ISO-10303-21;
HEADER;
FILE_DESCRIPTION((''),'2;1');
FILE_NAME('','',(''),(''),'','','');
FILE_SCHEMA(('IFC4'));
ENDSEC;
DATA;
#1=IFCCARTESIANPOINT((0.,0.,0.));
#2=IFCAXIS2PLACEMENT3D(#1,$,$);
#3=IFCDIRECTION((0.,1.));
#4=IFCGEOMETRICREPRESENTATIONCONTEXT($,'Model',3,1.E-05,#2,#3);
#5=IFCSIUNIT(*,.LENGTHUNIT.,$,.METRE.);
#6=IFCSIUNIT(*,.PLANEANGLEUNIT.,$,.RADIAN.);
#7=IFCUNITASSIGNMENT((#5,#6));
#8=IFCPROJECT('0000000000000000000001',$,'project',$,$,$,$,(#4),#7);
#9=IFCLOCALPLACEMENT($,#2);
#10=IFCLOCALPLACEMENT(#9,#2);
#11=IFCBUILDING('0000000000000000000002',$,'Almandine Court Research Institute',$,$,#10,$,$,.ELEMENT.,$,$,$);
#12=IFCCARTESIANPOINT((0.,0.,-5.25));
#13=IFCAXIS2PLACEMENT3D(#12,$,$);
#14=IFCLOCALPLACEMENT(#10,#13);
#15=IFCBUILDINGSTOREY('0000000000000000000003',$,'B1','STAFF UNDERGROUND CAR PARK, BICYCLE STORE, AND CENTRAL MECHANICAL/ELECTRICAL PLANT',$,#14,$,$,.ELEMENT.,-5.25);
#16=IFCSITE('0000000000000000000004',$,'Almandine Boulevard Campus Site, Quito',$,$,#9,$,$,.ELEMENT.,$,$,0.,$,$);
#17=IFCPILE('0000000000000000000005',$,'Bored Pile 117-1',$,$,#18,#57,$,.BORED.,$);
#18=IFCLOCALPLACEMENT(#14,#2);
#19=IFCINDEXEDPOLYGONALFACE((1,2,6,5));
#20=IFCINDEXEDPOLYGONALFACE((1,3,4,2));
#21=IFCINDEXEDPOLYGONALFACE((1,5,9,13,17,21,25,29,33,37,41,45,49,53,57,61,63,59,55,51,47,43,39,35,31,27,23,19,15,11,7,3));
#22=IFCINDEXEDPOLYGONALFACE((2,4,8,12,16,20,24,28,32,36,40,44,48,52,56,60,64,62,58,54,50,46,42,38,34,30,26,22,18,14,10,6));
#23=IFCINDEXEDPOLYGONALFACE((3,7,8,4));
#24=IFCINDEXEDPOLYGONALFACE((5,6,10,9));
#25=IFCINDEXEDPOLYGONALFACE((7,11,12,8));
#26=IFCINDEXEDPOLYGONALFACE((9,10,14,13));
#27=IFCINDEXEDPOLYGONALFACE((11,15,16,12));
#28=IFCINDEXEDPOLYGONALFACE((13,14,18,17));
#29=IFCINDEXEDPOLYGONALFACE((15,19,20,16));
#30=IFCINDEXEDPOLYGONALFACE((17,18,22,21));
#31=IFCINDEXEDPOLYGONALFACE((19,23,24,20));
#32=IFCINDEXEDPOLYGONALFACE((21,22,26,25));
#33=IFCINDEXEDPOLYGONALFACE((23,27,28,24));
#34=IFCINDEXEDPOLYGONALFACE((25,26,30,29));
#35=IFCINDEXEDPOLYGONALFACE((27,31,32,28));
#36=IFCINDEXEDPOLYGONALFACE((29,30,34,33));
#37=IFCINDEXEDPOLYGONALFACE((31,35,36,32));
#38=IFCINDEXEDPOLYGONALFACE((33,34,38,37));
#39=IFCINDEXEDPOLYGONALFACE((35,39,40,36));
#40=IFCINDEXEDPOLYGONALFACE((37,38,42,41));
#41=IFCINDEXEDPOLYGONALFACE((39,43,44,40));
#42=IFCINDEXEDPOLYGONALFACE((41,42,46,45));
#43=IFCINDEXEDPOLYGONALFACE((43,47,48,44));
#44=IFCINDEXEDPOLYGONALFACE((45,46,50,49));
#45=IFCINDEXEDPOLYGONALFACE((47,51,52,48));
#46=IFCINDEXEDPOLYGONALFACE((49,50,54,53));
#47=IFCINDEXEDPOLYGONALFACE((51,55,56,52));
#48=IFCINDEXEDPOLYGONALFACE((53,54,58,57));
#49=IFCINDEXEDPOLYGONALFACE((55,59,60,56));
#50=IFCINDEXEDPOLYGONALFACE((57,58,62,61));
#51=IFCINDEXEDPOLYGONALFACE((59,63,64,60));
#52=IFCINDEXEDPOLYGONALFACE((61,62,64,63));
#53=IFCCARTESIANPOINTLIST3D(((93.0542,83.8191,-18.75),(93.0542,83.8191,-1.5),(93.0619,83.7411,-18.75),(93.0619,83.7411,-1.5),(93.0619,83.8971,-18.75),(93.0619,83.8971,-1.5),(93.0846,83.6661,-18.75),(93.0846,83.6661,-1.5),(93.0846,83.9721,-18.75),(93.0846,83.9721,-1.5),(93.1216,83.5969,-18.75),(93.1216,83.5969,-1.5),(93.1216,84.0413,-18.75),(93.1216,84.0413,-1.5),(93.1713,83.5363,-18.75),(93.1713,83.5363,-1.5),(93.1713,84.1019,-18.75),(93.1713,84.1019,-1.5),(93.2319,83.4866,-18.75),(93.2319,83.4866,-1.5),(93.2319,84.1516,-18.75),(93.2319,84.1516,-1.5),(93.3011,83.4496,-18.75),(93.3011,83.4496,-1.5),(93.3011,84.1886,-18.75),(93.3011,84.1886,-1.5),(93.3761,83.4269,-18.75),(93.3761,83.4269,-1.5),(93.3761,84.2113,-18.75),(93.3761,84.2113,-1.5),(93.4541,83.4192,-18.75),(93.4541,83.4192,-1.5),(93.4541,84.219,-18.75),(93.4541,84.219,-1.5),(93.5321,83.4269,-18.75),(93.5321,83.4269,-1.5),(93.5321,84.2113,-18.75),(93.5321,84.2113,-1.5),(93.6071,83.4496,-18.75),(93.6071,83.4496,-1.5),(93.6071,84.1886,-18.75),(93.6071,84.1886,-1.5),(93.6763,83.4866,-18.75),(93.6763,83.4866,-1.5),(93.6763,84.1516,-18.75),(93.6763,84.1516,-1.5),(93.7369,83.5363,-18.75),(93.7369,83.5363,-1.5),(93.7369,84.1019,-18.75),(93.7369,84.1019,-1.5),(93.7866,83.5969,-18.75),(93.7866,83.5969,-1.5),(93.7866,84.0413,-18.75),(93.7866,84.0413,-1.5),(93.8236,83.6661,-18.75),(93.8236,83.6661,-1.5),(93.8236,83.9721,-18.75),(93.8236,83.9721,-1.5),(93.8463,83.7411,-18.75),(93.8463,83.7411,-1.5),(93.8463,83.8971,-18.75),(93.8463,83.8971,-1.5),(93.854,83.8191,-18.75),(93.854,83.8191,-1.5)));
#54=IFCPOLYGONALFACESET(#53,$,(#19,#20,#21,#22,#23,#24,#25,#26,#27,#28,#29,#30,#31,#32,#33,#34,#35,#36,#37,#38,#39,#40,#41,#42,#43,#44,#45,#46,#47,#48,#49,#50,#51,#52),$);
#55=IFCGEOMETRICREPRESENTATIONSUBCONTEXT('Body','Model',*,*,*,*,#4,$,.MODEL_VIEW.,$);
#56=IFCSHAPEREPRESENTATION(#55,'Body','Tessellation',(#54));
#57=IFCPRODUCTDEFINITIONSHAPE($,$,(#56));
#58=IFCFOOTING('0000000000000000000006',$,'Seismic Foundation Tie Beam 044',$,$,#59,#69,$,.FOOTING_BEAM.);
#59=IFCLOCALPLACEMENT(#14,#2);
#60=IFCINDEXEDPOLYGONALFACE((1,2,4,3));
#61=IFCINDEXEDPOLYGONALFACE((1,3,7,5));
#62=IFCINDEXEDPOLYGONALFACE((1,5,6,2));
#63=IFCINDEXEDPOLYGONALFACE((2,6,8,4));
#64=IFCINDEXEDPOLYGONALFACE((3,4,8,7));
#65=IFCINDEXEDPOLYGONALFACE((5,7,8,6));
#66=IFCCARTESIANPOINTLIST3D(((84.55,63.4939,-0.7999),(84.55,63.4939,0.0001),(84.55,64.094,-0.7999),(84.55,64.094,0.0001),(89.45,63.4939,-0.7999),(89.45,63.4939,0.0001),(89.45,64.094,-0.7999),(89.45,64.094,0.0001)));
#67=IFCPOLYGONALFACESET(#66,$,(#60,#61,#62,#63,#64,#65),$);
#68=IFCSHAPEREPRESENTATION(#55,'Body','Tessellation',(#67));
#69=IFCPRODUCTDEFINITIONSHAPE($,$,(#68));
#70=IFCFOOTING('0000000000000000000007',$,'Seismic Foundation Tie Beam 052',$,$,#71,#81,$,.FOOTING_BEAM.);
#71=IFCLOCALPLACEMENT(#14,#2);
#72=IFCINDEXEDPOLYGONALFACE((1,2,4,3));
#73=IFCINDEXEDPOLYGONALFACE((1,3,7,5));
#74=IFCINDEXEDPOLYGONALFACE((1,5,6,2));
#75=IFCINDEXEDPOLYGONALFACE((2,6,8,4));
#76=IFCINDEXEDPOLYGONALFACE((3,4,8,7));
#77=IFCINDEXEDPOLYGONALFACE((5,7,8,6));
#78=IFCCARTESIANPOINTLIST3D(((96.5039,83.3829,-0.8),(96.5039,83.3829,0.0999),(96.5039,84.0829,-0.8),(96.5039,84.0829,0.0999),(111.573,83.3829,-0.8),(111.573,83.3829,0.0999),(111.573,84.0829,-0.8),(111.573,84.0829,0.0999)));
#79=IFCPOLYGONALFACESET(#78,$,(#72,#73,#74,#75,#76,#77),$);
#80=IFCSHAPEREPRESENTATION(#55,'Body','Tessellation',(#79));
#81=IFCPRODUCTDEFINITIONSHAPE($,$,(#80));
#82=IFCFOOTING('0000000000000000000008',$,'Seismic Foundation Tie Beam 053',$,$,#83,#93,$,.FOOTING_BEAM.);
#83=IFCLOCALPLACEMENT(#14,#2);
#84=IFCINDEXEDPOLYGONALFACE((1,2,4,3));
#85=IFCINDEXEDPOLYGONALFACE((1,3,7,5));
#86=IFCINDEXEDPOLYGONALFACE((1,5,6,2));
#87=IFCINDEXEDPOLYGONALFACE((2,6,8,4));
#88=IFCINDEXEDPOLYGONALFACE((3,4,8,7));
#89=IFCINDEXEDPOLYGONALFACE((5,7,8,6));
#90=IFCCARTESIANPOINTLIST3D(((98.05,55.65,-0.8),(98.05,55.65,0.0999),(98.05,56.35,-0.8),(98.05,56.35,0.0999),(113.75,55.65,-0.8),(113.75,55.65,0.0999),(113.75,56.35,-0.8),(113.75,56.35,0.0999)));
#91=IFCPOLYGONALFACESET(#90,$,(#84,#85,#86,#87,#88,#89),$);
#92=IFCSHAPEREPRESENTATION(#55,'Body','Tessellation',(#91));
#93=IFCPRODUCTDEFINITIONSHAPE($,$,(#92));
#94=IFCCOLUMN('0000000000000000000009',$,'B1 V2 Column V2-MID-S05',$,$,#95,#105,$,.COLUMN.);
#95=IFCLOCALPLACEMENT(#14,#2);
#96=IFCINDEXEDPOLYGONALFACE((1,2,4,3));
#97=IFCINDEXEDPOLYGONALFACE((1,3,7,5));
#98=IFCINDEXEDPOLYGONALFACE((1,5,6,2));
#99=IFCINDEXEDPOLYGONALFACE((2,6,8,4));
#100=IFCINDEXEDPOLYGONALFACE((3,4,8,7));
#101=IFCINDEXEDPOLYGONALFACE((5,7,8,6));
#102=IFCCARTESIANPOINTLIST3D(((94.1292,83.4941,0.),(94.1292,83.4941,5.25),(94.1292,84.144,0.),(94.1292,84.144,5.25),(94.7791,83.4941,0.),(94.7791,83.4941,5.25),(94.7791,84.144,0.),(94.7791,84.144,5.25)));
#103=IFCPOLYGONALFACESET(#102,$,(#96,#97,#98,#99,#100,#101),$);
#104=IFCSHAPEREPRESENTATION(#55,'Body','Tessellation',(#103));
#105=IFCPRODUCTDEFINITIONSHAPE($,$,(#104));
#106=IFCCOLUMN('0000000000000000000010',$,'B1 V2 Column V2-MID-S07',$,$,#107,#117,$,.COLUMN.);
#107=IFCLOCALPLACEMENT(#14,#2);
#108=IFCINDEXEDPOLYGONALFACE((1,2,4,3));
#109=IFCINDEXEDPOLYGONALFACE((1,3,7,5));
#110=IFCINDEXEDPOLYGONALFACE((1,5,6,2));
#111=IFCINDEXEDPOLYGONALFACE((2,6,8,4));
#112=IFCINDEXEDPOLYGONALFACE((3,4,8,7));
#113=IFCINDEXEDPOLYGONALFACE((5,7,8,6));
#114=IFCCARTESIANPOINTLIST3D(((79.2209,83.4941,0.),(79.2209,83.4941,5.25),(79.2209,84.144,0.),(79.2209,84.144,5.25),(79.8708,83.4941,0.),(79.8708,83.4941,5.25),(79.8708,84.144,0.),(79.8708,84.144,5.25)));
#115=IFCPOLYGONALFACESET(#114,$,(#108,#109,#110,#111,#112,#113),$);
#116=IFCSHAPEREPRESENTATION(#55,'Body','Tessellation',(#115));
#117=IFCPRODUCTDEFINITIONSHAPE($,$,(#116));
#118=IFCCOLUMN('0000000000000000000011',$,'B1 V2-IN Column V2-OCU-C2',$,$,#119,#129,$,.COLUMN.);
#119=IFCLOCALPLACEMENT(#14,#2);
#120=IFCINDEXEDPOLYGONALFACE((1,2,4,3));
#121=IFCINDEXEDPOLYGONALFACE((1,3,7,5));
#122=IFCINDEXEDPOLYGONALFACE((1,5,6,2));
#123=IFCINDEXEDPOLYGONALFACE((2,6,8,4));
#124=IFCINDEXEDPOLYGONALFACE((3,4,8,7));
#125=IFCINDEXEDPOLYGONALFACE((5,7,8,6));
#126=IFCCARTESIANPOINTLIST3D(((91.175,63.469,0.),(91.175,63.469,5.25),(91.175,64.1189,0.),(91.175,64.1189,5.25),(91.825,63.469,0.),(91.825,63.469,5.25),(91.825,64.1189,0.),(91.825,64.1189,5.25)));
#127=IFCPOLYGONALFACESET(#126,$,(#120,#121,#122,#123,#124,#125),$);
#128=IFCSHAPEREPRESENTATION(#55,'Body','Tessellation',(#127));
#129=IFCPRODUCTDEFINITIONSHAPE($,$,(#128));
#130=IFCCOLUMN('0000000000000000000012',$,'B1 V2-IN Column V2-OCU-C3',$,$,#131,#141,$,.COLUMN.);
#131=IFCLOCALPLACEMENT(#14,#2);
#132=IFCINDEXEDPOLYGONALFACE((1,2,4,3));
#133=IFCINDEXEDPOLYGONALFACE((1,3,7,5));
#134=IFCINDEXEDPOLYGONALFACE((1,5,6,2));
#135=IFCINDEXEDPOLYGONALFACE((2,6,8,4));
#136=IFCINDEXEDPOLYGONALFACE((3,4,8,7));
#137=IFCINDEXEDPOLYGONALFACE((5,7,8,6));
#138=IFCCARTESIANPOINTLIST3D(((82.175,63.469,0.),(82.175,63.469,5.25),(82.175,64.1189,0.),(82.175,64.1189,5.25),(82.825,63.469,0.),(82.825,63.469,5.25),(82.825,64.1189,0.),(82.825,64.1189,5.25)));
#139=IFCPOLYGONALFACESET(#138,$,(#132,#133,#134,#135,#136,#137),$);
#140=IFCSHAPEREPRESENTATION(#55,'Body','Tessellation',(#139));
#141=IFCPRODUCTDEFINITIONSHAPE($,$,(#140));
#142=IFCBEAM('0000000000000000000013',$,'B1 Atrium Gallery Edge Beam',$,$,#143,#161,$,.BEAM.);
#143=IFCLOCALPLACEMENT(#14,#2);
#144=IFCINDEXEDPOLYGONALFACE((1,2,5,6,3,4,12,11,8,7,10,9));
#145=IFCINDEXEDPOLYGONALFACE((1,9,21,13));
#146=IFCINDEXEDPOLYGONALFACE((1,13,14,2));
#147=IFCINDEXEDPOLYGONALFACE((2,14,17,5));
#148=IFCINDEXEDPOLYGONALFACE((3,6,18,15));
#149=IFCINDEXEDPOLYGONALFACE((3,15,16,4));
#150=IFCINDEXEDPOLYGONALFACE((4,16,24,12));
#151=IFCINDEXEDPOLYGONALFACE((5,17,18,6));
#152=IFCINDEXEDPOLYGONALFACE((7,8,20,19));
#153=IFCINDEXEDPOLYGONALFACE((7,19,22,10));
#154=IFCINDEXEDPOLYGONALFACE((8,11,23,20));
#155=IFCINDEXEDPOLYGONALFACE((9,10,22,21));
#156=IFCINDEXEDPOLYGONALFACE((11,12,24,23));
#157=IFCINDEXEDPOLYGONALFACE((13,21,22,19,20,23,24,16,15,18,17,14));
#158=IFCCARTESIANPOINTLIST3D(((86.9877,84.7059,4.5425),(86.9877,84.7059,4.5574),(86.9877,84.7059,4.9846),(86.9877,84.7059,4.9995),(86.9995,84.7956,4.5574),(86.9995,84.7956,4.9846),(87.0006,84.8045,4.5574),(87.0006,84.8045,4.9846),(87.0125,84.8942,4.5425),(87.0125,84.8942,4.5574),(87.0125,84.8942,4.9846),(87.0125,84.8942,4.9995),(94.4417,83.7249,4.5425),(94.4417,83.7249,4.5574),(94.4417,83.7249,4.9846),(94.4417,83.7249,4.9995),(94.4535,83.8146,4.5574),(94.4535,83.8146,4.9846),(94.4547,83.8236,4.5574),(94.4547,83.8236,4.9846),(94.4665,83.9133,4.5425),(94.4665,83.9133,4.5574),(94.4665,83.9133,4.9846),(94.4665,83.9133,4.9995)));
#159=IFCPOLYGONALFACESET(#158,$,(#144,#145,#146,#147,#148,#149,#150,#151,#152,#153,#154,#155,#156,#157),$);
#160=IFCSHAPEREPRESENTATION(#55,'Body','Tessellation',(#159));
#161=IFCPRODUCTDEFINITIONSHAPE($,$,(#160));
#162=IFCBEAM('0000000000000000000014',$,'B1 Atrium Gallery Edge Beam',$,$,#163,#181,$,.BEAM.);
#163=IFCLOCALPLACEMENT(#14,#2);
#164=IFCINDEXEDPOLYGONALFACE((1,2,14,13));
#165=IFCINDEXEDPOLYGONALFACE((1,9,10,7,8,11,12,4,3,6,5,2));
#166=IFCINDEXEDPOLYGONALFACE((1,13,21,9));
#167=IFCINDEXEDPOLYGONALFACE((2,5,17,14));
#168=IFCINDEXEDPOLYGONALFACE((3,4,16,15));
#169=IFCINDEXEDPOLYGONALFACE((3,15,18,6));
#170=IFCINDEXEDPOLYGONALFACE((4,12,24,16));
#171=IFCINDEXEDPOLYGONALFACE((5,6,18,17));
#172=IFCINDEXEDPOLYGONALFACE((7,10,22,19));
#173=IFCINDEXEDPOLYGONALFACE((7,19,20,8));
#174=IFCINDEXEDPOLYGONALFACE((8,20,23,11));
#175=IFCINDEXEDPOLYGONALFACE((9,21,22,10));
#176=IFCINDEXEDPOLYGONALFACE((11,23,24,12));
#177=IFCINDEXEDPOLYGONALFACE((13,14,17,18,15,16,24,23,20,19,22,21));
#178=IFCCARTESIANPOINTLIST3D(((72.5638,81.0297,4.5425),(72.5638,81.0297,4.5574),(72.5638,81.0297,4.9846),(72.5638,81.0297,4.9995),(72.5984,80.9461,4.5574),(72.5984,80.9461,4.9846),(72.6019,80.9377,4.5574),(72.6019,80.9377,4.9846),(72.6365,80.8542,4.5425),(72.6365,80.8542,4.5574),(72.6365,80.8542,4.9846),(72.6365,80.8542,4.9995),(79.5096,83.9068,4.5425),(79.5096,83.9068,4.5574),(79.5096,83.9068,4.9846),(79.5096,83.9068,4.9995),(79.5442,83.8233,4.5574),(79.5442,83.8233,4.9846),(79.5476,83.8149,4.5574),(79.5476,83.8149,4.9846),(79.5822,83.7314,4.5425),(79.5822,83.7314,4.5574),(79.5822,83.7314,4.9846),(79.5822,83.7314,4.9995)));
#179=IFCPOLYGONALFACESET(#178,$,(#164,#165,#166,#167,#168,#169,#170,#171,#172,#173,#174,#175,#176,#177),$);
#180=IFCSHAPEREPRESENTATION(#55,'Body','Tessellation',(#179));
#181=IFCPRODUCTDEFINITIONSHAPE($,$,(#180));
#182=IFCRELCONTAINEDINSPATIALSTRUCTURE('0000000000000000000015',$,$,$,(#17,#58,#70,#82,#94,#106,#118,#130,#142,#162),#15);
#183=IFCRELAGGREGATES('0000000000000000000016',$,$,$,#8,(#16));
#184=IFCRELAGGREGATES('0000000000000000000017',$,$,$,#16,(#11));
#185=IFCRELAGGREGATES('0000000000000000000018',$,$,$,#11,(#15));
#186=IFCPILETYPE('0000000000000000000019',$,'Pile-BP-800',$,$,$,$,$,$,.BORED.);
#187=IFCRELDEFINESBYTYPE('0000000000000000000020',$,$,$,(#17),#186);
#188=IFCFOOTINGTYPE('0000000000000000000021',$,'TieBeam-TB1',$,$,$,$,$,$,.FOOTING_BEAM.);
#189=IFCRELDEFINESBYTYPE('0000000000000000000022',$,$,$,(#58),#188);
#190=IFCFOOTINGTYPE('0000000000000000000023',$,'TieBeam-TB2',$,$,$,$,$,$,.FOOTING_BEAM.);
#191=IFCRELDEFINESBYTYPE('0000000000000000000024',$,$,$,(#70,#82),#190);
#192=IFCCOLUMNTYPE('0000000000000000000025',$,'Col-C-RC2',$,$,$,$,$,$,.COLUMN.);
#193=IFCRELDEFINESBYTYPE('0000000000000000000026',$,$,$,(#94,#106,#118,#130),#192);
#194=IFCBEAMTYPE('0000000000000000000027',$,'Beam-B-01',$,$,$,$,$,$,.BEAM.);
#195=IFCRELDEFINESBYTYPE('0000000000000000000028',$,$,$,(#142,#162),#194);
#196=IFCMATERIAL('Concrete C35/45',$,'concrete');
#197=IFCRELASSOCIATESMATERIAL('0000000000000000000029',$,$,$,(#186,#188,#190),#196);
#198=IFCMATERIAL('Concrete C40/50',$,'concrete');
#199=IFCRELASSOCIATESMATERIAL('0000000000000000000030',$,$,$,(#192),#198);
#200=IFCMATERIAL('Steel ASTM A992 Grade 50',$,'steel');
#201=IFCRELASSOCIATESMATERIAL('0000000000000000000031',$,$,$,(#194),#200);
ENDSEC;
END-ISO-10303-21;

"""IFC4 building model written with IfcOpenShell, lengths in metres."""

from ifc_helpers import new_model, si_unit, direction, frame, origin, origin_2d, place, context, subcontext, project, spatial, rectangle, circle, i_section, extrude, material, material_profile, profile_set, type_object, element, save


model = new_model("IFC4")

# Units and contexts
model_context = context("Model", 3, precision=1e-05, world=origin(), true_north=direction((0.0, 1.0)))
body_context = subcontext(model_context, "Body", "Model", "MODEL_VIEW")
ifc_project = project(units=[si_unit("LENGTHUNIT", "METRE"), si_unit("PLANEANGLEUNIT", "RADIAN")], contexts=[model_context])

# Site, building, storey
site_placement = place(None, origin())
site = spatial("IfcSite", under=ifc_project, at=site_placement, Name="Almandine Boulevard Campus Site, Quito", CompositionType="ELEMENT", RefElevation=0.0)
building_placement = place(site_placement, origin())
building = spatial("IfcBuilding", under=site, at=building_placement, Name="Almandine Court Research Institute", CompositionType="ELEMENT")
storey_placement = place(building_placement, frame((0.0, 0.0, -5.25)))
storey = spatial("IfcBuildingStorey", under=building, at=storey_placement, Name="B1", Description="STAFF UNDERGROUND CAR PARK, BICYCLE STORE, AND CENTRAL MECHANICAL/ELECTRICAL PLANT", CompositionType="ELEMENT", Elevation=-5.25)

# Shared definitions
ifc_material_1 = material(Name="Concrete C35/45", Category="concrete")

# Pile
ifc_material_profile_1 = material_profile(ifc_material_1, circle(Radius=0.3999, at=origin_2d()), Name="BORED PILE D800")
ifc_profile_set_1 = profile_set([ifc_material_profile_1], Name="Concrete C35/45")
pile_type = type_object("IfcPileType", Name="Pile-BP-800", PredefinedType="BORED", material=ifc_profile_set_1)
for number, where, z_axis, x_axis, name in (
    (1, (93.4541, 83.8191, -1.5), (0.0, 0.0, -1.0), (1.0, 0.0, 0.0), "Bored Pile 117-1"),
):
    element("IfcPile", number, at=place(storey_placement, frame(where, z_axis=z_axis, x_axis=x_axis)), inside=storey, type_object=pile_type, Name=name, PredefinedType="BORED", context=body_context, shape_type="SweptSolid", body=[
        extrude(circle(Radius=0.3999, at=origin_2d()), origin(), (0.0, 0.0, 1.0), 17.25),
    ])

# Footings
ifc_material_profile_2 = material_profile(ifc_material_1, rectangle(XDim=0.6001, YDim=0.8, at=origin_2d()), Name="RC TIE 600x800")
ifc_profile_set_2 = profile_set([ifc_material_profile_2], Name="Concrete C35/45")
footing_type_1 = type_object("IfcFootingType", Name="TieBeam-TB1", PredefinedType="FOOTING_BEAM", material=ifc_profile_set_2)
footing_1_placement = place(storey_placement, frame((84.55, 63.7939, -0.3999), z_axis=(1.0, 0.0, 0.0), x_axis=(0.0, 1.0, 0.0)))
element("IfcFooting", 2, at=footing_1_placement, inside=storey, type_object=footing_type_1, Name="Seismic Foundation Tie Beam 044", PredefinedType="FOOTING_BEAM", context=body_context, shape_type="SweptSolid", body=[
    extrude(rectangle(XDim=0.6001, YDim=0.8, at=origin_2d()), origin(), (0.0, 0.0, 1.0), 4.8999),
])
ifc_material_profile_3 = material_profile(ifc_material_1, rectangle(XDim=0.7, YDim=0.8999, at=origin_2d()), Name="RC TIE 700x900")
ifc_profile_set_3 = profile_set([ifc_material_profile_3], Name="Concrete C35/45")
footing_type_2 = type_object("IfcFootingType", Name="TieBeam-TB2", PredefinedType="FOOTING_BEAM", material=ifc_profile_set_3)
footing_2_placement = place(storey_placement, frame((96.5039, 83.7329, -0.3501), z_axis=(1.0, 0.0, 0.0), x_axis=(0.0, 1.0, 0.0)))
element("IfcFooting", 3, at=footing_2_placement, inside=storey, type_object=footing_type_2, Name="Seismic Foundation Tie Beam 052", PredefinedType="FOOTING_BEAM", context=body_context, shape_type="SweptSolid", body=[
    extrude(rectangle(XDim=0.7, YDim=0.8999, at=origin_2d()), origin(), (0.0, 0.0, 1.0), 15.0691),
])
footing_3_placement = place(storey_placement, frame((98.05, 56.0, -0.3501), z_axis=(1.0, 0.0, 0.0), x_axis=(0.0, 1.0, 0.0)))
element("IfcFooting", 4, at=footing_3_placement, inside=storey, type_object=footing_type_2, Name="Seismic Foundation Tie Beam 053", PredefinedType="FOOTING_BEAM", context=body_context, shape_type="SweptSolid", body=[
    extrude(rectangle(XDim=0.7, YDim=0.8999, at=origin_2d()), origin(), (0.0, 0.0, 1.0), 15.7),
])

# Columns
ifc_material_2 = material(Name="Concrete C40/50", Category="concrete")
ifc_material_profile_4 = material_profile(ifc_material_2, rectangle(XDim=0.6499, YDim=0.6499, at=origin_2d()), Name="RC 650x650")
ifc_profile_set_4 = profile_set([ifc_material_profile_4], Name="Concrete C40/50")
column_type = type_object("IfcColumnType", Name="Col-C-RC2", PredefinedType="COLUMN", material=ifc_profile_set_4)
for number, where, z_axis, x_axis, name in (
    (5, (94.4541, 83.8191, 0.0), (0.0, 0.0, 1.0), (1.0, 0.0, 0.0), "B1 V2 Column V2-MID-S05"),
    (6, (79.5459, 83.8191, 0.0), (0.0, 0.0, 1.0), (1.0, 0.0, 0.0), "B1 V2 Column V2-MID-S07"),
    (7, (91.5, 63.7939, 0.0), (0.0, 0.0, 1.0), (1.0, 0.0, 0.0), "B1 V2-IN Column V2-OCU-C2"),
    (8, (82.5, 63.7939, 0.0), (0.0, 0.0, 1.0), (1.0, 0.0, 0.0), "B1 V2-IN Column V2-OCU-C3"),
):
    element("IfcColumn", number, at=place(storey_placement, frame(where, z_axis=z_axis, x_axis=x_axis)), inside=storey, type_object=column_type, Name=name, PredefinedType="COLUMN", context=body_context, shape_type="SweptSolid", body=[
        extrude(rectangle(XDim=0.6499, YDim=0.6499, at=origin_2d()), origin(), (0.0, 0.0, 1.0), 5.25),
    ])

# Beams
ifc_material_3 = material(Name="Steel ASTM A992 Grade 50", Category="steel")
ifc_material_profile_5 = material_profile(ifc_material_3, i_section(OverallWidth=0.1899, OverallDepth=0.457, WebThickness=0.009, FlangeThickness=0.0149, at=origin_2d()), Name="W460x74")
ifc_profile_set_5 = profile_set([ifc_material_profile_5], Name="Steel ASTM A992 Grade 50")
beam_type_1 = type_object("IfcBeamType", Name="Beam-B-01", PredefinedType="BEAM", material=ifc_profile_set_5)
beam_1_placement = place(storey_placement, frame((94.4541, 83.8191, 4.771), z_axis=(-0.991452, 0.130475, 0.0), x_axis=(-0.130475, -0.991452, 0.0)))
element("IfcBeam", 9, at=beam_1_placement, inside=storey, type_object=beam_type_1, Name="B1 Atrium Gallery Edge Beam", PredefinedType="BEAM", context=body_context, shape_type="SweptSolid", body=[
    extrude(i_section(OverallWidth=0.1899, OverallDepth=0.457, WebThickness=0.009, FlangeThickness=0.0149, at=origin_2d()), origin(), (0.0, 0.0, 1.0), 7.5183),
])
beam_2_placement = place(storey_placement, frame((79.5459, 83.8191, 4.771), z_axis=(-0.923872, -0.382701, 0.0), x_axis=(0.382701, -0.923872, 0.0)))
element("IfcBeam", 10, at=beam_2_placement, inside=storey, type_object=beam_type_1, Name="B1 Atrium Gallery Edge Beam", PredefinedType="BEAM", context=body_context, shape_type="SweptSolid", body=[
    extrude(i_section(OverallWidth=0.1899, OverallDepth=0.457, WebThickness=0.009, FlangeThickness=0.0149, at=origin_2d()), origin(), (0.0, 0.0, 1.0), 7.5181),
])

save(model, "model.ifc")
